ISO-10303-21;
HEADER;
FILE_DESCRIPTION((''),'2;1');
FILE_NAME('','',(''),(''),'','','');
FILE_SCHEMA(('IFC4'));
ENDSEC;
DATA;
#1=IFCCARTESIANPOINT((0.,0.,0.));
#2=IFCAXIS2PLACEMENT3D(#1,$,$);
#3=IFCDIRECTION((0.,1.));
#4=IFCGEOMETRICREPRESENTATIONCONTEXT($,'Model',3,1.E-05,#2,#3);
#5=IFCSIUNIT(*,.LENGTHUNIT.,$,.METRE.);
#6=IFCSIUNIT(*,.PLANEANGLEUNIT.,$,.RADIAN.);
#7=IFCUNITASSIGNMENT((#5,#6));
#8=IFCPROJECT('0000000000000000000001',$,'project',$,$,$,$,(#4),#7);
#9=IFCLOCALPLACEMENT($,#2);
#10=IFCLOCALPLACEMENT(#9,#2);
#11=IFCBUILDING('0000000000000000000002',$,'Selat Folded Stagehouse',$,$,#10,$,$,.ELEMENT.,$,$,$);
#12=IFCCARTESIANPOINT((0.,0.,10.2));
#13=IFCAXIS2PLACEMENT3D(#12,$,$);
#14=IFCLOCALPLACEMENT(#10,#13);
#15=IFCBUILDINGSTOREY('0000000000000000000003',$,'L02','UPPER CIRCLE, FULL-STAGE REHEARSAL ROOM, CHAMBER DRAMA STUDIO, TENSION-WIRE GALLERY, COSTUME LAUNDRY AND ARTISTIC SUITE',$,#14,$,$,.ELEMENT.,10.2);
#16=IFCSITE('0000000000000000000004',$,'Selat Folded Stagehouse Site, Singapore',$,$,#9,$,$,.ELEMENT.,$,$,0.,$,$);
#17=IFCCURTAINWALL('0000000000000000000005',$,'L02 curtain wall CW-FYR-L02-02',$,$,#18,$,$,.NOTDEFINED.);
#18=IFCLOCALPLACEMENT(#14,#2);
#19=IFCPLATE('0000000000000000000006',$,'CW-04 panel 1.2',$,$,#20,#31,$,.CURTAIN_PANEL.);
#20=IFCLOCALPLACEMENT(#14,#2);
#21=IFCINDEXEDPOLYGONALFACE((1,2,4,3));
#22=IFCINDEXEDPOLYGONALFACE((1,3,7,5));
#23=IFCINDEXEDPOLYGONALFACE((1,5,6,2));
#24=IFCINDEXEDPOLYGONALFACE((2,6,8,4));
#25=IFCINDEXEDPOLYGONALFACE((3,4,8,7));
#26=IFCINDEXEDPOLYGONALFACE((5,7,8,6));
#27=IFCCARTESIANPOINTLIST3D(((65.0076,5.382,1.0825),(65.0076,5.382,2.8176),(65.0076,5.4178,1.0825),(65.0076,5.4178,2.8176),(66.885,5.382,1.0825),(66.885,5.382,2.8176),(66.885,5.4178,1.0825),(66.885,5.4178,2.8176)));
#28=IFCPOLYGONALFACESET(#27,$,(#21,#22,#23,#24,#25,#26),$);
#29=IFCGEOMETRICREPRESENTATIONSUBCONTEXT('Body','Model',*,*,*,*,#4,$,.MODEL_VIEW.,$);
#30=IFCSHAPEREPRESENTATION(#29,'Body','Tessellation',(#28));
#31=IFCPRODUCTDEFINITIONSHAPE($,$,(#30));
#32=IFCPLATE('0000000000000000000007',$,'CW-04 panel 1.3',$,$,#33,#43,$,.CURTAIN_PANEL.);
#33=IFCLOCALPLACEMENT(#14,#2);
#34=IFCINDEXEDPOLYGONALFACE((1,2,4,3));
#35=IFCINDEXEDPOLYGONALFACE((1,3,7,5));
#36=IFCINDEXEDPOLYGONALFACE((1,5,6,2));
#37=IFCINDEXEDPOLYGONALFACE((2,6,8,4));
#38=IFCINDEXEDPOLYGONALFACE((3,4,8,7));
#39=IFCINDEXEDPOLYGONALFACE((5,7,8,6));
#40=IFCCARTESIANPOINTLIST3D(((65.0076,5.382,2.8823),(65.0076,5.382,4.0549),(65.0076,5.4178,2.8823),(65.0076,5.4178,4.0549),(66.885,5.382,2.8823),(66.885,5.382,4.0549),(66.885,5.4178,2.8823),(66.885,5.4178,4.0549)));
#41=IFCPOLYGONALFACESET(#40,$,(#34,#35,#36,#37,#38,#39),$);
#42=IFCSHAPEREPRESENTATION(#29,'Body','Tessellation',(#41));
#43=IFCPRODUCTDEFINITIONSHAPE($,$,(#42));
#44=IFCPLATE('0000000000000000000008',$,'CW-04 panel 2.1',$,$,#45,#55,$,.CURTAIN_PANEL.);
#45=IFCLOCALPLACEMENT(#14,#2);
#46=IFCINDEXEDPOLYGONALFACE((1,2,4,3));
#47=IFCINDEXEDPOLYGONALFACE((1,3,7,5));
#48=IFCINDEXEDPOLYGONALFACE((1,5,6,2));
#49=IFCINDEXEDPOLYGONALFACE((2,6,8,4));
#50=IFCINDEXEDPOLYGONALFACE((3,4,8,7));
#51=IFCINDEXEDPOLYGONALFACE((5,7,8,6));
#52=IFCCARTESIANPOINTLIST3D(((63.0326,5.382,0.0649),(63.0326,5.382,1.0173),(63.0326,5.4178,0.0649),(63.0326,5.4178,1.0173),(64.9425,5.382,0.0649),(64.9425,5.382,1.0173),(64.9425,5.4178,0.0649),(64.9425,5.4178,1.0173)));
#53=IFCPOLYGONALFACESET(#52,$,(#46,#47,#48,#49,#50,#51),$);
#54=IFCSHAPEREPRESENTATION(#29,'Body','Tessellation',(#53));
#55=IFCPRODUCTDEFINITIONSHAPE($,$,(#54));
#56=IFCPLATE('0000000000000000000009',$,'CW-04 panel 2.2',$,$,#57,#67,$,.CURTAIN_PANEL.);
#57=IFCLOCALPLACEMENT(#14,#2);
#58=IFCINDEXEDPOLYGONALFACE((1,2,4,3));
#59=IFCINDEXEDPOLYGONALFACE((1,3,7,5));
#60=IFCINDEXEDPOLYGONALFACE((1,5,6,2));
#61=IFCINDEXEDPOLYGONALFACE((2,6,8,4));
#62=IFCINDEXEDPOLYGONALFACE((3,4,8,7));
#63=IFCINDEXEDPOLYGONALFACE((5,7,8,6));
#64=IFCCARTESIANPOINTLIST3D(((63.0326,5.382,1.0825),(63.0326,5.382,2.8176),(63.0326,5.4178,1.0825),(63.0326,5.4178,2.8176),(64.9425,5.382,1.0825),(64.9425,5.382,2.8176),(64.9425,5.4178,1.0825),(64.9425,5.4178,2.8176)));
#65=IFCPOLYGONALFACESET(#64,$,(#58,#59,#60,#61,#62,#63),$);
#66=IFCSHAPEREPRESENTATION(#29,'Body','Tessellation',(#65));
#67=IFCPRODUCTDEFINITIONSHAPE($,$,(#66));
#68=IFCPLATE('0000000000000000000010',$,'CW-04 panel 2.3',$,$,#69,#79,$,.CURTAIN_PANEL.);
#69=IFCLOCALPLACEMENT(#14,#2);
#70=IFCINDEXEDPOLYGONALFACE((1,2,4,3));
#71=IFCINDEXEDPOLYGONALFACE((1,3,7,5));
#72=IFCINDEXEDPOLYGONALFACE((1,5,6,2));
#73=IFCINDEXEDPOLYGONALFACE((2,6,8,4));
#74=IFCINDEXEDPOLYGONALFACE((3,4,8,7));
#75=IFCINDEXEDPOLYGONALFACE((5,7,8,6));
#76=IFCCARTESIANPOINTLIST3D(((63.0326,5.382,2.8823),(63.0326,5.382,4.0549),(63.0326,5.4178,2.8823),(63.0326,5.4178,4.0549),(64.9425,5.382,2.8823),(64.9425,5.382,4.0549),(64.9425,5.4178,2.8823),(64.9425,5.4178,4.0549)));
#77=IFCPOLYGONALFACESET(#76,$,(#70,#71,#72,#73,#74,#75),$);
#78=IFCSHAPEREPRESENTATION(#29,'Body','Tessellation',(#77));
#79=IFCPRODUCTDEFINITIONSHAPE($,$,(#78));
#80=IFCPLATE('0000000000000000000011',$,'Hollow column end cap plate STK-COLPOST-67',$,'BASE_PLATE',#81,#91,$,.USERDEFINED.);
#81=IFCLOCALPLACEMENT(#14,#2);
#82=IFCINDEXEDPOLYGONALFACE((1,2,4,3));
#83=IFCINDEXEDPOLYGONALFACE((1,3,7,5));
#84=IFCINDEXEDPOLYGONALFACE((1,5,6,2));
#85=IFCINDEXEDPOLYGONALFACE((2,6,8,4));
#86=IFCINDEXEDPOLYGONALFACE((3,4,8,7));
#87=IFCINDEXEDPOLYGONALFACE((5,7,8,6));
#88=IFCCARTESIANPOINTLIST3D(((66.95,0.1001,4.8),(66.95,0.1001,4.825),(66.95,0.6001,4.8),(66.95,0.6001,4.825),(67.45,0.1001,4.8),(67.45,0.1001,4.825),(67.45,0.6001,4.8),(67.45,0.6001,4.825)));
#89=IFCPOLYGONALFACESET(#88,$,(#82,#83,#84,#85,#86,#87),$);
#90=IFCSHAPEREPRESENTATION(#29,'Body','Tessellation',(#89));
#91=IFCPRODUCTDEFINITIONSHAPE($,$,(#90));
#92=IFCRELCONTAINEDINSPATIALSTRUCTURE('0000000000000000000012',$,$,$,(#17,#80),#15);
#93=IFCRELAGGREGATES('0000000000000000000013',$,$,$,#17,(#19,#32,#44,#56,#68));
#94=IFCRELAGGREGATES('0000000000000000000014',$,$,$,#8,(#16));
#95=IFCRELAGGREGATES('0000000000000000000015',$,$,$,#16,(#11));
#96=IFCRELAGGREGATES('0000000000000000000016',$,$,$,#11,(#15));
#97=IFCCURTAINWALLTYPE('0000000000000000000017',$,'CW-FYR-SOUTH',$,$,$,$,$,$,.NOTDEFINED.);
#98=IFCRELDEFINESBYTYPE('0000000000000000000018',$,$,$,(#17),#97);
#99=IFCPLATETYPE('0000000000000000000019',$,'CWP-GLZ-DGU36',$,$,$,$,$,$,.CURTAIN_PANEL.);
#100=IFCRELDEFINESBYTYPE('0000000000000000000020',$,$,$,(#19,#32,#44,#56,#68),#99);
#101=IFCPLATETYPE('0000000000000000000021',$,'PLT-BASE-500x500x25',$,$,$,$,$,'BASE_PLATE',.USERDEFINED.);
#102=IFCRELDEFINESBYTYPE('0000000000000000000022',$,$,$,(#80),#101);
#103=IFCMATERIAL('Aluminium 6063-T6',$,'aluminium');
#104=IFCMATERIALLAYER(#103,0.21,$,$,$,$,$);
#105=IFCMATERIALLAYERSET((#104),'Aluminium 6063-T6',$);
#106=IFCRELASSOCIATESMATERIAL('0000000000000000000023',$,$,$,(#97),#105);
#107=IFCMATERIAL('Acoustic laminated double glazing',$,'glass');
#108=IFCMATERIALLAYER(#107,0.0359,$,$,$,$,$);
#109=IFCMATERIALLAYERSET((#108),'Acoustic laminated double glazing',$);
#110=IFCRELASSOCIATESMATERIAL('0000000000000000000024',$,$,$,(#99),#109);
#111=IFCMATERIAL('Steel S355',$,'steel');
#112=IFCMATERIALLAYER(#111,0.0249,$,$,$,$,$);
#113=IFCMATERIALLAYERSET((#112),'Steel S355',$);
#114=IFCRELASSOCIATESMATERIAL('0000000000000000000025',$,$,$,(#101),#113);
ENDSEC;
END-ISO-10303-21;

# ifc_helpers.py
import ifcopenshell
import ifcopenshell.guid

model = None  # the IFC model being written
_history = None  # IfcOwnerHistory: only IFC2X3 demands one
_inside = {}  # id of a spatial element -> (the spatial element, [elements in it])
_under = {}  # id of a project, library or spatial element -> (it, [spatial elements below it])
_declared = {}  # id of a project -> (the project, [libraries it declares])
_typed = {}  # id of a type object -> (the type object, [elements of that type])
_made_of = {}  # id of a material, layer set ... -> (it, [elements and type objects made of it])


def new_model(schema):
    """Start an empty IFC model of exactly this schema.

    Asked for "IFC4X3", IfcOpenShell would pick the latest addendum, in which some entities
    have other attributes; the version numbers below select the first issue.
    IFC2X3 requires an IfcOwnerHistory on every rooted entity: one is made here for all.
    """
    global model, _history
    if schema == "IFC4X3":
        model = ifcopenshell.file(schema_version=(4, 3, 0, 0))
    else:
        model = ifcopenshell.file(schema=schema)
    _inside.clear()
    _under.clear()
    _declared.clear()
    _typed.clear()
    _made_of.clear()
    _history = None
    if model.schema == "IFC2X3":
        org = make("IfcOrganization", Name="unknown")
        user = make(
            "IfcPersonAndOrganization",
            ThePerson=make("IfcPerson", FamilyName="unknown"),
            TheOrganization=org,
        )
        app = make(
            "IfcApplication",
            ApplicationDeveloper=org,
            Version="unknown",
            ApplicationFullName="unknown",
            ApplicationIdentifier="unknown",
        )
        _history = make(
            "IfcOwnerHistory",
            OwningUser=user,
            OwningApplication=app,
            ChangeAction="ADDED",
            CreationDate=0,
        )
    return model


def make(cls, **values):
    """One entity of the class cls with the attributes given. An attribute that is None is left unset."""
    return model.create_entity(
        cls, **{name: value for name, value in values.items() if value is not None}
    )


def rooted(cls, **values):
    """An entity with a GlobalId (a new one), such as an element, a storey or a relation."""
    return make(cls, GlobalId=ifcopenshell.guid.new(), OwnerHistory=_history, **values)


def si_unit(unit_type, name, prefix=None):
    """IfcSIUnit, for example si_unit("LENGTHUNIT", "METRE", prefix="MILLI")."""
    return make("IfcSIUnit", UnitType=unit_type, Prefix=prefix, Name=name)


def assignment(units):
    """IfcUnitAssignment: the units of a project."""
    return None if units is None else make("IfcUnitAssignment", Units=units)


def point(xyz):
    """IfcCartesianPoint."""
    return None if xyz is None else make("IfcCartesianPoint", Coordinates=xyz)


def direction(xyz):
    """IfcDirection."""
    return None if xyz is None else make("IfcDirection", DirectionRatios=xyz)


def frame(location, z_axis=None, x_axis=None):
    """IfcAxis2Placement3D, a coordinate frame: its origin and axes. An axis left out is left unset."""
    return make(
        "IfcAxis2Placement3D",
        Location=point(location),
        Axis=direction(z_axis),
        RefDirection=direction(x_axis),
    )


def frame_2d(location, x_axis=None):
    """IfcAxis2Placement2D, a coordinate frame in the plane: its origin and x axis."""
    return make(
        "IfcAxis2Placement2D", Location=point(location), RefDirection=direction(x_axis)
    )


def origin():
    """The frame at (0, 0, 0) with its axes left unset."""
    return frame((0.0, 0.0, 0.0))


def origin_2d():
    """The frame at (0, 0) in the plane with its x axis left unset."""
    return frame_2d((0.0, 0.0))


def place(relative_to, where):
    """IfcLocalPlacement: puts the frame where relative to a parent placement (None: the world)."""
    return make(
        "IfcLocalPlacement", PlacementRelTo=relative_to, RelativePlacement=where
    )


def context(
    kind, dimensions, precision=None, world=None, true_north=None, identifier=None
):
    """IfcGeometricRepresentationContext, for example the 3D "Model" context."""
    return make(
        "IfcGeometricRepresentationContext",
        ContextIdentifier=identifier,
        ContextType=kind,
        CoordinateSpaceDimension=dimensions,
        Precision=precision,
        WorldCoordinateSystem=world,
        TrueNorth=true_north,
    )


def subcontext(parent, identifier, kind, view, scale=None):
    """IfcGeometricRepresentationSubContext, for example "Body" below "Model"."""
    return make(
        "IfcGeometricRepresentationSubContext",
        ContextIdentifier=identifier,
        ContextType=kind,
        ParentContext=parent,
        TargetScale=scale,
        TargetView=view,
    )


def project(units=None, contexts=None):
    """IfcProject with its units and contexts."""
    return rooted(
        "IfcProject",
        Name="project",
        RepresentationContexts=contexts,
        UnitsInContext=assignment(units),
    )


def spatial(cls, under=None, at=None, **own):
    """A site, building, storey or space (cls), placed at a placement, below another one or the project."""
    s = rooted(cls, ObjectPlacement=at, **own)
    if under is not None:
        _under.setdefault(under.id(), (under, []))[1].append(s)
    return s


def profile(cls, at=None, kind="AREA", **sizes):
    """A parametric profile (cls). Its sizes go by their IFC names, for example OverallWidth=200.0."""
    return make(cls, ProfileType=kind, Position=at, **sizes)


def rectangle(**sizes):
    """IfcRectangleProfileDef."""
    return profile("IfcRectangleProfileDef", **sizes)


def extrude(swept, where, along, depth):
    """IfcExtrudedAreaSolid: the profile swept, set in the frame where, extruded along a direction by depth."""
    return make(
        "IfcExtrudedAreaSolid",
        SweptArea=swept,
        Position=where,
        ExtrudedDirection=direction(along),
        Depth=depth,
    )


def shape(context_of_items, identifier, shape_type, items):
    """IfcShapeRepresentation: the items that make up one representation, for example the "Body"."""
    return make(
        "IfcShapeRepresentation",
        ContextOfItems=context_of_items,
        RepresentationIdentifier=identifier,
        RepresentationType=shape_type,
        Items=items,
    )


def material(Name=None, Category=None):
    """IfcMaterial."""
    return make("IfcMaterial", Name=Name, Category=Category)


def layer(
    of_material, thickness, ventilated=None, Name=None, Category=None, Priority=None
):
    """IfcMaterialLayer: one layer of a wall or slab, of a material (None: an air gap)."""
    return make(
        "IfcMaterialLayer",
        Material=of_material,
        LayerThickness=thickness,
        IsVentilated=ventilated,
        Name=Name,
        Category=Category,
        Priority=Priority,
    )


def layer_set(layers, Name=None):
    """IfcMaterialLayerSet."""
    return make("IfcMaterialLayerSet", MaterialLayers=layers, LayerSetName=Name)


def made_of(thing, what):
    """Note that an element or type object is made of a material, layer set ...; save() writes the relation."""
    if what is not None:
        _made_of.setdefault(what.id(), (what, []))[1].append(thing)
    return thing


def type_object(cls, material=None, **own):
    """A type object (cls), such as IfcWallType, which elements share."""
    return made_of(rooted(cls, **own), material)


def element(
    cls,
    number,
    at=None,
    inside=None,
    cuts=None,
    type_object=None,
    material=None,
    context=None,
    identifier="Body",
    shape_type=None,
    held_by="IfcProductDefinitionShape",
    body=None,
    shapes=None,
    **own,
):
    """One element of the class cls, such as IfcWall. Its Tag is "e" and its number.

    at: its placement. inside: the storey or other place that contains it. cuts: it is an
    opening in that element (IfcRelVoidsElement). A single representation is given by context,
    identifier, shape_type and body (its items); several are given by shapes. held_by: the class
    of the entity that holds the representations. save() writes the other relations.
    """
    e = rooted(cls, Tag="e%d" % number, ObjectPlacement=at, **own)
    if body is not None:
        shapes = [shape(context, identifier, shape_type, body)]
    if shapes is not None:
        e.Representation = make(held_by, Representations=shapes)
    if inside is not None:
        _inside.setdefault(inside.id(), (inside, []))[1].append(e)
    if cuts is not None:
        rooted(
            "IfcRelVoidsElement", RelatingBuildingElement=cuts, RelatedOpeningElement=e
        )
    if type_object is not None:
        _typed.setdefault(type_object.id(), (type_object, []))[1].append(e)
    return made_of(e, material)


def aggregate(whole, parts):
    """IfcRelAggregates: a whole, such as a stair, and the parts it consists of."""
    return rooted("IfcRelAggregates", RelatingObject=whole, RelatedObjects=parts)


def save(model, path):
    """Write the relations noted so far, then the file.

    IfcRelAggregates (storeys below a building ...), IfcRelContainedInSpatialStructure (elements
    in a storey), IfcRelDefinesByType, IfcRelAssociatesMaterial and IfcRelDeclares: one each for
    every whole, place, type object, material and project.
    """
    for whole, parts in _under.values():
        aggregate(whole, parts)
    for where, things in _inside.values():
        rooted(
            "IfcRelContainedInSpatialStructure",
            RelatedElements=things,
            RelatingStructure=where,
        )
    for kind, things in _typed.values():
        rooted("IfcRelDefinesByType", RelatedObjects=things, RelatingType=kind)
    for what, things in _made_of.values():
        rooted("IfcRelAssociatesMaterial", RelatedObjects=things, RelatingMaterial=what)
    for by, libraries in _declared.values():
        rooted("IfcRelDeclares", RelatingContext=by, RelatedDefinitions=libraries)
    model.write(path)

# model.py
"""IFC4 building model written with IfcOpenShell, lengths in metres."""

from ifc_helpers import new_model, si_unit, direction, frame, origin, origin_2d, place, context, subcontext, project, spatial, rectangle, extrude, material, layer, layer_set, type_object, element, aggregate, save


model = new_model("IFC4")

# Units and contexts
model_context = context("Model", 3, precision=1e-05, world=origin(), true_north=direction((0.0, 1.0)))
body_context = subcontext(model_context, "Body", "Model", "MODEL_VIEW")
ifc_project = project(units=[si_unit("LENGTHUNIT", "METRE"), si_unit("PLANEANGLEUNIT", "RADIAN")], contexts=[model_context])

# Site, building, storey
site_placement = place(None, origin())
site = spatial("IfcSite", under=ifc_project, at=site_placement, Name="Selat Folded Stagehouse Site, Singapore", CompositionType="ELEMENT", RefElevation=0.0)
building_placement = place(site_placement, origin())
building = spatial("IfcBuilding", under=site, at=building_placement, Name="Selat Folded Stagehouse", CompositionType="ELEMENT")
storey_placement = place(building_placement, frame((0.0, 0.0, 10.2)))
storey = spatial("IfcBuildingStorey", under=building, at=storey_placement, Name="L02", Description="UPPER CIRCLE, FULL-STAGE REHEARSAL ROOM, CHAMBER DRAMA STUDIO, TENSION-WIRE GALLERY, COSTUME LAUNDRY AND ARTISTIC SUITE", CompositionType="ELEMENT", Elevation=10.2)

# Shared definitions
ifc_material_1 = material(Name="Steel S355", Category="steel")

# Curtain wall
ifc_material_2 = material(Name="Aluminium 6063-T6", Category="aluminium")
ifc_layer_1 = layer(ifc_material_2, 0.21)
ifc_layer_set_1 = layer_set([ifc_layer_1], Name="Aluminium 6063-T6")
curtain_wall_type = type_object("IfcCurtainWallType", Name="CW-FYR-SOUTH", PredefinedType="NOTDEFINED", material=ifc_layer_set_1)
curtain_wall_placement = place(storey_placement, origin())
curtain_wall = element("IfcCurtainWall", 1, at=curtain_wall_placement, inside=storey, type_object=curtain_wall_type, Name="L02 curtain wall CW-FYR-L02-02", PredefinedType="NOTDEFINED")

# Plates
ifc_material_3 = material(Name="Acoustic laminated double glazing", Category="glass")
ifc_layer_2 = layer(ifc_material_3, 0.0359)
ifc_layer_set_2 = layer_set([ifc_layer_2], Name="Acoustic laminated double glazing")
plate_type_1 = type_object("IfcPlateType", Name="CWP-GLZ-DGU36", PredefinedType="CURTAIN_PANEL", material=ifc_layer_set_2)
plate_1_placement = place(storey_placement, frame((65.9463, 5.3999, 1.0825), z_axis=(0.0, 0.0, 1.0), x_axis=(-1.0, 0.0, 0.0)))
plate_1 = element("IfcPlate", 2, at=plate_1_placement, type_object=plate_type_1, Name="CW-04 panel 1.2", PredefinedType="CURTAIN_PANEL", context=body_context, shape_type="SweptSolid", body=[
    extrude(rectangle(XDim=1.8774, YDim=0.0359, at=origin_2d()), origin(), (0.0, 0.0, 1.0), 1.7351),
])
plate_2_placement = place(storey_placement, frame((65.9463, 5.3999, 2.8823), z_axis=(0.0, 0.0, 1.0), x_axis=(-1.0, 0.0, 0.0)))
plate_2 = element("IfcPlate", 3, at=plate_2_placement, type_object=plate_type_1, Name="CW-04 panel 1.3", PredefinedType="CURTAIN_PANEL", context=body_context, shape_type="SweptSolid", body=[
    extrude(rectangle(XDim=1.8774, YDim=0.0359, at=origin_2d()), origin(), (0.0, 0.0, 1.0), 1.1726),
])
plate_3_placement = place(storey_placement, frame((63.9875, 5.3999, 0.0649), z_axis=(0.0, 0.0, 1.0), x_axis=(-1.0, 0.0, 0.0)))
plate_3 = element("IfcPlate", 4, at=plate_3_placement, type_object=plate_type_1, Name="CW-04 panel 2.1", PredefinedType="CURTAIN_PANEL", context=body_context, shape_type="SweptSolid", body=[
    extrude(rectangle(XDim=1.9099, YDim=0.0359, at=origin_2d()), origin(), (0.0, 0.0, 1.0), 0.9524),
])
plate_4_placement = place(storey_placement, frame((63.9875, 5.3999, 1.0825), z_axis=(0.0, 0.0, 1.0), x_axis=(-1.0, 0.0, 0.0)))
plate_4 = element("IfcPlate", 5, at=plate_4_placement, type_object=plate_type_1, Name="CW-04 panel 2.2", PredefinedType="CURTAIN_PANEL", context=body_context, shape_type="SweptSolid", body=[
    extrude(rectangle(XDim=1.9099, YDim=0.0359, at=origin_2d()), origin(), (0.0, 0.0, 1.0), 1.7351),
])
plate_5_placement = place(storey_placement, frame((63.9875, 5.3999, 2.8823), z_axis=(0.0, 0.0, 1.0), x_axis=(-1.0, 0.0, 0.0)))
plate_5 = element("IfcPlate", 6, at=plate_5_placement, type_object=plate_type_1, Name="CW-04 panel 2.3", PredefinedType="CURTAIN_PANEL", context=body_context, shape_type="SweptSolid", body=[
    extrude(rectangle(XDim=1.9099, YDim=0.0359, at=origin_2d()), origin(), (0.0, 0.0, 1.0), 1.1726),
])
aggregate(curtain_wall, [plate_1, plate_2, plate_3, plate_4, plate_5])
ifc_layer_3 = layer(ifc_material_1, 0.0249)
ifc_layer_set_3 = layer_set([ifc_layer_3], Name="Steel S355")
plate_type_2 = type_object("IfcPlateType", Name="PLT-BASE-500x500x25", ElementType="BASE_PLATE", PredefinedType="USERDEFINED", material=ifc_layer_set_3)
plate_6_placement = place(storey_placement, frame((67.2, 0.3501, 4.8), z_axis=(0.0, 0.0, 1.0), x_axis=(1.0, 0.0, 0.0)))
element("IfcPlate", 7, at=plate_6_placement, inside=storey, type_object=plate_type_2, Name="Hollow column end cap plate STK-COLPOST-67", ObjectType="BASE_PLATE", PredefinedType="USERDEFINED", context=body_context, shape_type="SweptSolid", body=[
    extrude(rectangle(XDim=0.5, YDim=0.5, at=origin_2d()), origin(), (0.0, 0.0, 1.0), 0.0249),
])

save(model, "model.ifc")
